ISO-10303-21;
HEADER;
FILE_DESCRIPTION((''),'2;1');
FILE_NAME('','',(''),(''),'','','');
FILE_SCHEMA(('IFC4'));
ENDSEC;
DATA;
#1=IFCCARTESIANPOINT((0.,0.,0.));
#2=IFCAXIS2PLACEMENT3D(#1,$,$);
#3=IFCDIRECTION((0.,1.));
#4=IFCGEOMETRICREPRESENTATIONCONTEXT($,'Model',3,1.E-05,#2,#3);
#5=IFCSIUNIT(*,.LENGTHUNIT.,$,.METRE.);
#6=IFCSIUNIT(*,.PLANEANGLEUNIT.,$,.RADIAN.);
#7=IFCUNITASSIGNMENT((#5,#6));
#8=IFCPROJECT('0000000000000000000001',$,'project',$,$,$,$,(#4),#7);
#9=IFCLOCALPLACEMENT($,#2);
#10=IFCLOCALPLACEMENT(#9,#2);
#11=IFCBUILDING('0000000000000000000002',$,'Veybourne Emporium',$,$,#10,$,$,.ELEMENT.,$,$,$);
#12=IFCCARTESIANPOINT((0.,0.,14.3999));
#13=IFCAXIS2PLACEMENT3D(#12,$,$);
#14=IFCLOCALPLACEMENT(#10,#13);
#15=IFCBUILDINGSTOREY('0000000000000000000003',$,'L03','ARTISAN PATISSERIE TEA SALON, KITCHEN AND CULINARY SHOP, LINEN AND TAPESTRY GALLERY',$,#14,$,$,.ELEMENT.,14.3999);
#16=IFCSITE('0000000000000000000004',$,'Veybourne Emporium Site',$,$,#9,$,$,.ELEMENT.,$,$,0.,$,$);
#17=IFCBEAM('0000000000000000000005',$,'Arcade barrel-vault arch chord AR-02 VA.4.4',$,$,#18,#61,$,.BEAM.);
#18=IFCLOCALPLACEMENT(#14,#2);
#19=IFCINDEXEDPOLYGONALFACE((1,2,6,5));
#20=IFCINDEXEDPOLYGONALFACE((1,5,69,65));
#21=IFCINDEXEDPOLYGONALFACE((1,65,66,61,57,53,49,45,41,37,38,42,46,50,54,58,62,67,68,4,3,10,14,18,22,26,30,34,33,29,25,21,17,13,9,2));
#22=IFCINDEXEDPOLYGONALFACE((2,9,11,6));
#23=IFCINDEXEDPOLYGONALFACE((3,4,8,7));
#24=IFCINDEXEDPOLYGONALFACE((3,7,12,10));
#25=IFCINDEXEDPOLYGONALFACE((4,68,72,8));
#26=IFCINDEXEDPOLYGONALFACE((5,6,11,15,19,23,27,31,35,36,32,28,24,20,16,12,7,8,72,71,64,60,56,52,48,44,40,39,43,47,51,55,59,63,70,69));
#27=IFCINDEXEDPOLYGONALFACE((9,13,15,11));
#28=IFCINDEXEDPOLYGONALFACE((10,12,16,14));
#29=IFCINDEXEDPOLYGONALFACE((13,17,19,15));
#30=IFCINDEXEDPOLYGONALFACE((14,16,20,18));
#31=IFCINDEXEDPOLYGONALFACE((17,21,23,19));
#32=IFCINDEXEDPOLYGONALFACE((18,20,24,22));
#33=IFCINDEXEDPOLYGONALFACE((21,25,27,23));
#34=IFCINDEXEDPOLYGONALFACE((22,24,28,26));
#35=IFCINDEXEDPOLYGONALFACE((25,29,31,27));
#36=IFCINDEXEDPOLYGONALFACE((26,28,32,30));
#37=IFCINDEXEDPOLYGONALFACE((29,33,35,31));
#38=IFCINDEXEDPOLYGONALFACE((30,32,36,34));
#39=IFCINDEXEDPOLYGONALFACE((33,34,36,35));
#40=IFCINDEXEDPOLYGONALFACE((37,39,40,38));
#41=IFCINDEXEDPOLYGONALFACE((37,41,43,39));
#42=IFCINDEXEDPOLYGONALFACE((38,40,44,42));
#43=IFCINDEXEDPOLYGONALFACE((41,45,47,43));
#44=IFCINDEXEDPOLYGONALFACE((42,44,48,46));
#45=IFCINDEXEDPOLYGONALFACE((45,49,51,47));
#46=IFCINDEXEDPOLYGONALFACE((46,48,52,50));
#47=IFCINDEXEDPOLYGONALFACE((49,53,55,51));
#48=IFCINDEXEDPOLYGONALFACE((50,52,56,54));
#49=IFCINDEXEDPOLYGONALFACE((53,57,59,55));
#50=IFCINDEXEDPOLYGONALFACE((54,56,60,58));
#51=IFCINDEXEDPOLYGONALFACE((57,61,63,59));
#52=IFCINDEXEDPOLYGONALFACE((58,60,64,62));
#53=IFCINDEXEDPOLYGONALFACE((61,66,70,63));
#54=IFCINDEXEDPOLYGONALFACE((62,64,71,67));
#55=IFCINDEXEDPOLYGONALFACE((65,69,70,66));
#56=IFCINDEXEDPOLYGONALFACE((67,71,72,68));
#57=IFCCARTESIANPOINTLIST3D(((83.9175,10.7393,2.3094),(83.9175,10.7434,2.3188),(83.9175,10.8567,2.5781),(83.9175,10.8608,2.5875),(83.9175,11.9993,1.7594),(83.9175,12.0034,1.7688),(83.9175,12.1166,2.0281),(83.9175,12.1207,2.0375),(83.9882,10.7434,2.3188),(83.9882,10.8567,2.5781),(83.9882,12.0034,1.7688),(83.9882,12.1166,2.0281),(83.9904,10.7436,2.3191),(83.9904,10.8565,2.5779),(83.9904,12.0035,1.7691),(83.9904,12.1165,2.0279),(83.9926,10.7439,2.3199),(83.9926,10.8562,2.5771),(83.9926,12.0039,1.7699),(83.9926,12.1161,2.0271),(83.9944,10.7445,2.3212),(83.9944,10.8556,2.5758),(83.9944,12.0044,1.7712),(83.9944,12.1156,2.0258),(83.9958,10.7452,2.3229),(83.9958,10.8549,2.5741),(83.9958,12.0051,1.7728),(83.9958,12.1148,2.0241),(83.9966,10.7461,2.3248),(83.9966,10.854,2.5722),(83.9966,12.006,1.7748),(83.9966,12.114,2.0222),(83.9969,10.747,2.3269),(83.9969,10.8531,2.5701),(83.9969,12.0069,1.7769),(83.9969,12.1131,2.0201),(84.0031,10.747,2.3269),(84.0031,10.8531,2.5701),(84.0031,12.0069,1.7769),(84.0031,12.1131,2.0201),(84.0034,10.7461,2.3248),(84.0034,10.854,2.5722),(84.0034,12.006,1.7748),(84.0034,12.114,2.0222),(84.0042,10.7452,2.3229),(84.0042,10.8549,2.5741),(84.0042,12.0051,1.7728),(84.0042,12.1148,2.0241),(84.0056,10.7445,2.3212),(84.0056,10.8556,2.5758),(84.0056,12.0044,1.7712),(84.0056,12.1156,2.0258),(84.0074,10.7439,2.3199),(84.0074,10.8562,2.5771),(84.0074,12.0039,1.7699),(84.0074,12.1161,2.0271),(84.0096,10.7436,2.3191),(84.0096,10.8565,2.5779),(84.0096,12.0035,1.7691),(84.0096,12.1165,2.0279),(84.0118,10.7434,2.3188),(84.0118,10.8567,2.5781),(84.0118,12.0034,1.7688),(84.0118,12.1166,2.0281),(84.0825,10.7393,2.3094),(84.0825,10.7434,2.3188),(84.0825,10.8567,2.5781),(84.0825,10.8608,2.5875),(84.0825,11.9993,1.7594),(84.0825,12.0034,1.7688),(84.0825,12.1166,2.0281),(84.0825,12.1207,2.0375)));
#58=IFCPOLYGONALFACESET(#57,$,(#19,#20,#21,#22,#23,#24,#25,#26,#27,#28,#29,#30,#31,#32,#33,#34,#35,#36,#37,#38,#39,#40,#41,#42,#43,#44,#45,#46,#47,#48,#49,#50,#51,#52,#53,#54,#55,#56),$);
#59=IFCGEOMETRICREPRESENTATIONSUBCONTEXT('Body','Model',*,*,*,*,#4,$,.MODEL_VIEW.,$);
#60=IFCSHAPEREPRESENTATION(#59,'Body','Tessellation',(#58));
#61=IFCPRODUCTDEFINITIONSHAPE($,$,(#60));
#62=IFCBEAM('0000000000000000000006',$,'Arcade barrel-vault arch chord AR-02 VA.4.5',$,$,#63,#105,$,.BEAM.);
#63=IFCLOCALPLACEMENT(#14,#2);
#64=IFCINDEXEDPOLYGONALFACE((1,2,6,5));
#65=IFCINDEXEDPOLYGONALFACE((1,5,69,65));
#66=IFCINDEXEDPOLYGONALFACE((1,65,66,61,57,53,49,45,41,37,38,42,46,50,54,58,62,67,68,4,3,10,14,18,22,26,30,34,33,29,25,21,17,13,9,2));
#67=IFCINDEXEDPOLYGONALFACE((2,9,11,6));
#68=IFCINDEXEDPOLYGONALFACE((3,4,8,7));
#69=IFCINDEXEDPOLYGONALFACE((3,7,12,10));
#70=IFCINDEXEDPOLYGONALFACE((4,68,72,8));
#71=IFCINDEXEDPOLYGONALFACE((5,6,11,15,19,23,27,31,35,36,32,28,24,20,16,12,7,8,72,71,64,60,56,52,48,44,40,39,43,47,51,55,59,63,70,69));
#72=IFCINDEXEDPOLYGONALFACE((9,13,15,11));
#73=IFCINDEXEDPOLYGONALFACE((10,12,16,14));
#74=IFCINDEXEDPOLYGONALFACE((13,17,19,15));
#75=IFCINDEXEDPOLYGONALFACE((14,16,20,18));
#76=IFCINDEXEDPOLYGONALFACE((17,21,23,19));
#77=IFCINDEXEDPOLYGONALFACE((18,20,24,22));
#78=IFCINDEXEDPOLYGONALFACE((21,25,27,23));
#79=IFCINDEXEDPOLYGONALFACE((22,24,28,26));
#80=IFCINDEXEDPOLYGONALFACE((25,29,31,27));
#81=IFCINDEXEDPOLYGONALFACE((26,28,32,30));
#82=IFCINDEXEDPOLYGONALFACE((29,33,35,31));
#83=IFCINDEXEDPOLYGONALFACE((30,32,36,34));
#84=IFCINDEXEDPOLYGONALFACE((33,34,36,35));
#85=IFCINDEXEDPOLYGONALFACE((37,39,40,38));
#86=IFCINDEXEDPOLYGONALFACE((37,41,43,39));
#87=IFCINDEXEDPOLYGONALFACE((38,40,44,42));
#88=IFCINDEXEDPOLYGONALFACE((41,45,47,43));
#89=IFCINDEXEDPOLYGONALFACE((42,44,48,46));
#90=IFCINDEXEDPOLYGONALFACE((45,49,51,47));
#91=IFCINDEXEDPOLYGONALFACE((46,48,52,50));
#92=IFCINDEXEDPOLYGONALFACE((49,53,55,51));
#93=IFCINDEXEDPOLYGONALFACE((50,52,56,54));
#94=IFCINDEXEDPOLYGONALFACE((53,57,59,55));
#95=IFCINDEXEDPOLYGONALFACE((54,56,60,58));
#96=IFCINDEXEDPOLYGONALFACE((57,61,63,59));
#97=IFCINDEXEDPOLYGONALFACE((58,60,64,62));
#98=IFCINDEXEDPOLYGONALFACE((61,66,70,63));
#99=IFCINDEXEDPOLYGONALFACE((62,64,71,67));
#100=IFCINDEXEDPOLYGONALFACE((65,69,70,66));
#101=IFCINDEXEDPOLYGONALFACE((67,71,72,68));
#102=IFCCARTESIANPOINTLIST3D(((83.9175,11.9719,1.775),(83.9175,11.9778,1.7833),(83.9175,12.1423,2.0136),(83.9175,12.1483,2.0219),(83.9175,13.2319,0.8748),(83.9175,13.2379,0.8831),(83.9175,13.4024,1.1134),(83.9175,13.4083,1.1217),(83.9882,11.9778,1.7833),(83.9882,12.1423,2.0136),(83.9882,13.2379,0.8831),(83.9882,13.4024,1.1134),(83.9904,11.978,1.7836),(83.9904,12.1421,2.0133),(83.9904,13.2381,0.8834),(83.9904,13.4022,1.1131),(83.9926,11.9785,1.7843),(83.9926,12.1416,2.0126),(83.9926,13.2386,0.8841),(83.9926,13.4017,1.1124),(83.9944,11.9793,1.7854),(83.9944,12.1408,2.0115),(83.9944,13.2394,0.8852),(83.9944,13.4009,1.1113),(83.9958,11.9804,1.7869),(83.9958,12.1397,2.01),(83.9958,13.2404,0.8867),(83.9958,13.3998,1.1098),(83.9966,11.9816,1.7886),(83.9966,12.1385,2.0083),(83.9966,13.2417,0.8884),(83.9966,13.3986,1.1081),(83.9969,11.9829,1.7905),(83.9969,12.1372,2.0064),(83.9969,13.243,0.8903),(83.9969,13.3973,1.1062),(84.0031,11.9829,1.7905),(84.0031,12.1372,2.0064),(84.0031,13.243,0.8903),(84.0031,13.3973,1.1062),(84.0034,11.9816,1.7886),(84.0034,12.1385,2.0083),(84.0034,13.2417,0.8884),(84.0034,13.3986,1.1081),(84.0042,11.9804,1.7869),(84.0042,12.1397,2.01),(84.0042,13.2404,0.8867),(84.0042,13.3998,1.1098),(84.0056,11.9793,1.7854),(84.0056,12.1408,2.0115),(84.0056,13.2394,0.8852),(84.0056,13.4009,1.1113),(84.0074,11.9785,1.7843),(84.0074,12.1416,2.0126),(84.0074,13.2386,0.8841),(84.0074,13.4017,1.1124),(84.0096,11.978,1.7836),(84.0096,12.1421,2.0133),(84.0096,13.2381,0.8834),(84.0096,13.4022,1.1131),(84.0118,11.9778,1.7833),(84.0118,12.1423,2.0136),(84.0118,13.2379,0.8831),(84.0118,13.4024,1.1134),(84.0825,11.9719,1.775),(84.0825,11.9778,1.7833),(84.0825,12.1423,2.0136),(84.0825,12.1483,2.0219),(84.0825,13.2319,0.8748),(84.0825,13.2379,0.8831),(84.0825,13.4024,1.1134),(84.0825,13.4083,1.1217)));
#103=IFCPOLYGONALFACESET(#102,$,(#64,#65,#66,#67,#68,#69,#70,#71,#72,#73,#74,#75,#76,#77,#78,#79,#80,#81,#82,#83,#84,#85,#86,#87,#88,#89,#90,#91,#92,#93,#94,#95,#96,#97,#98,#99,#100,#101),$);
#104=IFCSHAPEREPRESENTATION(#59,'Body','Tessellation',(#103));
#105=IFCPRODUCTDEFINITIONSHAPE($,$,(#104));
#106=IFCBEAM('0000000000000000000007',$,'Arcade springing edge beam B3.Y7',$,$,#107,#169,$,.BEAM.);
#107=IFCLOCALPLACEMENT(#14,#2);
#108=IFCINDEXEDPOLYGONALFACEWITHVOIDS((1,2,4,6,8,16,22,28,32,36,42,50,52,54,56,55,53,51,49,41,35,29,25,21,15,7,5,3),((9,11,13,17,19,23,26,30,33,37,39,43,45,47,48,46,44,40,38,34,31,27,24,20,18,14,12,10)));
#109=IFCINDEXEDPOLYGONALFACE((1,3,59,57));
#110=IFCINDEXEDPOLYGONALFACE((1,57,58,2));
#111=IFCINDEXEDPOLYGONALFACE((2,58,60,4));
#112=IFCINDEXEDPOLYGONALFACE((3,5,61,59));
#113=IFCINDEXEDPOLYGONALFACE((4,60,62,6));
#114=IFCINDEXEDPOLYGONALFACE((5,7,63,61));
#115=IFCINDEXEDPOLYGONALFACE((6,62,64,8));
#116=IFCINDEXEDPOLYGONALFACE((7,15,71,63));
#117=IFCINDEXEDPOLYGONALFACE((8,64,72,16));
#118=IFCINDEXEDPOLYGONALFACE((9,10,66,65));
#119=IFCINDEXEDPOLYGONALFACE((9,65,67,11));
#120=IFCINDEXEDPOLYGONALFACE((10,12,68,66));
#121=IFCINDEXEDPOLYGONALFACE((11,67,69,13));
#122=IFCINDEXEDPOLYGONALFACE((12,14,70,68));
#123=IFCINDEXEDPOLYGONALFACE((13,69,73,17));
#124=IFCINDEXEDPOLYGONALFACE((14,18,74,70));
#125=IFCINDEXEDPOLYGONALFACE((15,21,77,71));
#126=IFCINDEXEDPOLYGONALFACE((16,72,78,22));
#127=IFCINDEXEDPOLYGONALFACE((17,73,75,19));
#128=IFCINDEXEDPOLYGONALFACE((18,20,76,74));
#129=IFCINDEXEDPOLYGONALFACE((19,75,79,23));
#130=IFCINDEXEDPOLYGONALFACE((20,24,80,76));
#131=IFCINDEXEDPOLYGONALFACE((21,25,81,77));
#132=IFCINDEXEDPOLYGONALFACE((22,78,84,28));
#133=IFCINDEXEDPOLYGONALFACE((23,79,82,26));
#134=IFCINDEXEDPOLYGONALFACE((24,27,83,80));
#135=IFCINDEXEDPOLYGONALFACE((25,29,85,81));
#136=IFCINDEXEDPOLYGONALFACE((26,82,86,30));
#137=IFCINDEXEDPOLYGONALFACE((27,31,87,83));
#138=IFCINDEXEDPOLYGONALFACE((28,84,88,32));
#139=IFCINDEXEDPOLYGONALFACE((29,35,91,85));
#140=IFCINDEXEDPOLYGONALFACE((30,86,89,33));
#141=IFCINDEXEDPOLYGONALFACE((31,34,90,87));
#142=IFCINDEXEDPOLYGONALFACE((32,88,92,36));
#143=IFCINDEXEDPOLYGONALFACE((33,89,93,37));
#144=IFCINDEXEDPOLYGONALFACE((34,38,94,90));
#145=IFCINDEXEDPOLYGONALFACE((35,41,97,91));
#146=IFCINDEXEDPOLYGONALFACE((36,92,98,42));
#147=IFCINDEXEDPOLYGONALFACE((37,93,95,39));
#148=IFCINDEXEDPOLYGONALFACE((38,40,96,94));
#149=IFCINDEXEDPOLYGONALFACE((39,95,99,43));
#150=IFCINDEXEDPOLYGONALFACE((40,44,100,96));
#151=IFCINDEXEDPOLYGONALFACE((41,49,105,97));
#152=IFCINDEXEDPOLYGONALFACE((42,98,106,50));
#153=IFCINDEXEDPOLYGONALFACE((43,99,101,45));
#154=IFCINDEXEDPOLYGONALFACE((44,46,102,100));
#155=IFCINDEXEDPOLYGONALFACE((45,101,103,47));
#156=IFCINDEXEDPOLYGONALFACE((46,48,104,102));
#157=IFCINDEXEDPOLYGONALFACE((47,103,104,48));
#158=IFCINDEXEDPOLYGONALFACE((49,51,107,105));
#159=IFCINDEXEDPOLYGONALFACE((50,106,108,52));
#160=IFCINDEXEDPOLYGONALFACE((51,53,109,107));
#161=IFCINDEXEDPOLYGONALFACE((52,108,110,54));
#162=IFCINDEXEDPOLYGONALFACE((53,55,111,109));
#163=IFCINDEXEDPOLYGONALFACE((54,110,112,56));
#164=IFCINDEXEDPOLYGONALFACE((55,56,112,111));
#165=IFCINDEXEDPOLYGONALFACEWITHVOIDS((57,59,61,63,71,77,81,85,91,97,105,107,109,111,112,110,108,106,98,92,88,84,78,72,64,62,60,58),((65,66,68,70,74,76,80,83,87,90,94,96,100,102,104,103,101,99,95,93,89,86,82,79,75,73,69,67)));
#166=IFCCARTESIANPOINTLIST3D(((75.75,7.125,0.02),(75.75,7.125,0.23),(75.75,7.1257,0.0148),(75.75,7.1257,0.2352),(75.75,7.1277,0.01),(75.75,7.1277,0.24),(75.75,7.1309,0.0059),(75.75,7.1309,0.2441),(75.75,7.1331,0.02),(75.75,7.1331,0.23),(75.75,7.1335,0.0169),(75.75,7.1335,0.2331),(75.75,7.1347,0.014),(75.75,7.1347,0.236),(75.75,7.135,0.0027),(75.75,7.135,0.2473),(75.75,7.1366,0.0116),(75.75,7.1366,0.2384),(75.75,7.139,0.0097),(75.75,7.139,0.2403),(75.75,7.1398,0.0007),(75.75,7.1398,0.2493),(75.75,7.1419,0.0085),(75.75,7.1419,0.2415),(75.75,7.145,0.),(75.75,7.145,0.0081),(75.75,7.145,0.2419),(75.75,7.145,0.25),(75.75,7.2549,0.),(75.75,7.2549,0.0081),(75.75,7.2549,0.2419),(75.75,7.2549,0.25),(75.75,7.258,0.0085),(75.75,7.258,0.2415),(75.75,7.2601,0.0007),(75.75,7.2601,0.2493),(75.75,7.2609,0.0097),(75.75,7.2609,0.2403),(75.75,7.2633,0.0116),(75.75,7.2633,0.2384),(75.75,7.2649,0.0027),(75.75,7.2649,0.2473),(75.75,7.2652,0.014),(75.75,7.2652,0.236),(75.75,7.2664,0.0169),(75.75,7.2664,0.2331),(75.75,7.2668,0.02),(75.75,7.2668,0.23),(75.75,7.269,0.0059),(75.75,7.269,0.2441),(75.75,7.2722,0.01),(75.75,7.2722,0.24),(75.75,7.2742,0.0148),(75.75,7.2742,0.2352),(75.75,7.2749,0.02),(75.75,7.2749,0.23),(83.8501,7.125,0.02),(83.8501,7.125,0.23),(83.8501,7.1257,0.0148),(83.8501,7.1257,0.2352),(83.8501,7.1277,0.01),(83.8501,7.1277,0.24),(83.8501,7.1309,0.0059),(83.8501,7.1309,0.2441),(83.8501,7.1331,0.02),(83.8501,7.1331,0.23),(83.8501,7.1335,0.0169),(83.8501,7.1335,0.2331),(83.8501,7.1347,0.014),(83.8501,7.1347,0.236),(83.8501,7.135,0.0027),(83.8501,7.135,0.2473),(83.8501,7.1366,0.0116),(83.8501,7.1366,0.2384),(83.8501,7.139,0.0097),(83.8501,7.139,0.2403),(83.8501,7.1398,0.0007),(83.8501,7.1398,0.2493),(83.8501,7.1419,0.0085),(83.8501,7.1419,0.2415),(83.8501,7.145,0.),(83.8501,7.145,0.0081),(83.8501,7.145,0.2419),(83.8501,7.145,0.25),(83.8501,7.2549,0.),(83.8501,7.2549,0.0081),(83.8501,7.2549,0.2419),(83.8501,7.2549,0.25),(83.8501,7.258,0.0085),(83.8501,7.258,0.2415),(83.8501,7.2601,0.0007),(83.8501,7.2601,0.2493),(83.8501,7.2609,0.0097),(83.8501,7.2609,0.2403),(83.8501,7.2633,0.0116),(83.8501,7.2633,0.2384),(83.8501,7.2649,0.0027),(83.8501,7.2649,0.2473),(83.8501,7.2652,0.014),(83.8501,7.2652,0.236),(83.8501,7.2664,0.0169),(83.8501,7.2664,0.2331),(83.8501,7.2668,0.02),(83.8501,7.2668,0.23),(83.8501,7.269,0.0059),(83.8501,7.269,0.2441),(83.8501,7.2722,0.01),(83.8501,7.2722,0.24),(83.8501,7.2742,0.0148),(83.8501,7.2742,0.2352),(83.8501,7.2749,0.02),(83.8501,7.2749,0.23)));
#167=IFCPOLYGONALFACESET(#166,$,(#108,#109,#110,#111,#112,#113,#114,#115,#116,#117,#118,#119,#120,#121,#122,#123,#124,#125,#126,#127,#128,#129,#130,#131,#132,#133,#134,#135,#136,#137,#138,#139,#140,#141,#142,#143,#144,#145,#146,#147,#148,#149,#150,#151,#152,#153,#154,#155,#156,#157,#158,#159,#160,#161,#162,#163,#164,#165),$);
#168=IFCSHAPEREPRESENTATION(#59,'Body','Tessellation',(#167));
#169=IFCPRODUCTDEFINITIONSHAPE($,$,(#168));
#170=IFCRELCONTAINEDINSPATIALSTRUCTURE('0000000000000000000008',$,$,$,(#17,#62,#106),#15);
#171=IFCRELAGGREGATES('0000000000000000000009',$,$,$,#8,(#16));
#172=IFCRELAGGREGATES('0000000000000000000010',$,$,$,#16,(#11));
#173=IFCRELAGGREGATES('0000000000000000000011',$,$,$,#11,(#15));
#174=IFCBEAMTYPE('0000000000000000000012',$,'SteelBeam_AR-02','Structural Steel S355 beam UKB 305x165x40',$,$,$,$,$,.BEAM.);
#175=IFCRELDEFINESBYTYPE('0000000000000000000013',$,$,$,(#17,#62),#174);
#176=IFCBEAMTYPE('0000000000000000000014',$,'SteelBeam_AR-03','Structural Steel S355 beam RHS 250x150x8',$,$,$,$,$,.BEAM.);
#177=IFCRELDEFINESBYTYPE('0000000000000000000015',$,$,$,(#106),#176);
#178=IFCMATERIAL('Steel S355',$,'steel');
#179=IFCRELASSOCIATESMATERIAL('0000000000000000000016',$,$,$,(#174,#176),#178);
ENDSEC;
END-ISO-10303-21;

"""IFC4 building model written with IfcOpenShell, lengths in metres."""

from ifc_helpers import new_model, si_unit, direction, frame, origin, origin_2d, place, context, subcontext, project, spatial, hollow_rectangle, i_section, extrude, material, material_profile, profile_set, type_object, element, save


model = new_model("IFC4")

# Units and contexts
model_context = context("Model", 3, precision=1e-05, world=origin(), true_north=direction((0.0, 1.0)))
body_context = subcontext(model_context, "Body", "Model", "MODEL_VIEW")
ifc_project = project(units=[si_unit("LENGTHUNIT", "METRE"), si_unit("PLANEANGLEUNIT", "RADIAN")], contexts=[model_context])

# Site, building, storey
site_placement = place(None, origin())
site = spatial("IfcSite", under=ifc_project, at=site_placement, Name="Veybourne Emporium Site", CompositionType="ELEMENT", RefElevation=0.0)
building_placement = place(site_placement, origin())
building = spatial("IfcBuilding", under=site, at=building_placement, Name="Veybourne Emporium", CompositionType="ELEMENT")
storey_placement = place(building_placement, frame((0.0, 0.0, 14.3999)))
storey = spatial("IfcBuildingStorey", under=building, at=storey_placement, Name="L03", Description="ARTISAN PATISSERIE TEA SALON, KITCHEN AND CULINARY SHOP, LINEN AND TAPESTRY GALLERY", CompositionType="ELEMENT", Elevation=14.3999)

# Beams
ifc_material_1 = material(Name="Steel S355", Category="steel")
ifc_material_profile_1 = material_profile(ifc_material_1, i_section(OverallWidth=0.165, OverallDepth=0.3035, WebThickness=0.0061, FlangeThickness=0.0103, FilletRadius=0.0088, at=origin_2d()), Name="UKB 305x165x40")
ifc_profile_set_1 = profile_set([ifc_material_profile_1], Name="Steel S355")
beam_type_1 = type_object("IfcBeamType", Name="SteelBeam_AR-02", Description="Structural Steel S355 beam UKB 305x165x40", PredefinedType="BEAM", material=ifc_profile_set_1)
for number, where, z_axis, x_axis, name in (
    (1, (84.0, 10.8, 2.4485), (0.0, 0.916479, -0.400083), (-1.0, 0.0, 0.0), "Arcade barrel-vault arch chord AR-02 VA.4.4"),
):
    element("IfcBeam", number, at=place(storey_placement, frame(where, z_axis=z_axis, x_axis=x_axis)), inside=storey, type_object=beam_type_1, Name=name, PredefinedType="BEAM", context=body_context, shape_type="SweptSolid", body=[
        extrude(i_section(OverallWidth=0.165, OverallDepth=0.3035, WebThickness=0.0061, FlangeThickness=0.0103, FilletRadius=0.0088, at=origin_2d()), origin(), (0.0, 0.0, 1.0), 1.3748),
    ])
beam_1_placement = place(storey_placement, frame((84.0, 12.0601, 1.8984), z_axis=(0.0, 0.813691, -0.581298), x_axis=(-1.0, 0.0, 0.0)))
element("IfcBeam", 2, at=beam_1_placement, inside=storey, type_object=beam_type_1, Name="Arcade barrel-vault arch chord AR-02 VA.4.5", PredefinedType="BEAM", context=body_context, shape_type="SweptSolid", body=[
    extrude(i_section(OverallWidth=0.165, OverallDepth=0.3035, WebThickness=0.0061, FlangeThickness=0.0103, FilletRadius=0.0088, at=origin_2d()), origin(), (0.0, 0.0, 1.0), 1.5486),
])
ifc_material_profile_2 = material_profile(ifc_material_1, hollow_rectangle(XDim=0.1499, YDim=0.25, WallThickness=0.0081, InnerFilletRadius=0.012, OuterFilletRadius=0.02, at=origin_2d()), Name="RHS 250x150x8")
ifc_profile_set_2 = profile_set([ifc_material_profile_2], Name="Steel S355")
beam_type_2 = type_object("IfcBeamType", Name="SteelBeam_AR-03", Description="Structural Steel S355 beam RHS 250x150x8", PredefinedType="BEAM", material=ifc_profile_set_2)
for number, where, z_axis, x_axis, name in (
    (3, (75.75, 7.2, 0.125), (1.0, 0.0, 0.0), (0.0, 1.0, 0.0), "Arcade springing edge beam B3.Y7"),
):
    element("IfcBeam", number, at=place(storey_placement, frame(where, z_axis=z_axis, x_axis=x_axis)), inside=storey, type_object=beam_type_2, Name=name, PredefinedType="BEAM", context=body_context, shape_type="SweptSolid", body=[
        extrude(hollow_rectangle(XDim=0.1499, YDim=0.25, WallThickness=0.0081, InnerFilletRadius=0.012, OuterFilletRadius=0.02, at=origin_2d()), origin(), (0.0, 0.0, 1.0), 8.1001),
    ])

save(model, "model.ifc")
